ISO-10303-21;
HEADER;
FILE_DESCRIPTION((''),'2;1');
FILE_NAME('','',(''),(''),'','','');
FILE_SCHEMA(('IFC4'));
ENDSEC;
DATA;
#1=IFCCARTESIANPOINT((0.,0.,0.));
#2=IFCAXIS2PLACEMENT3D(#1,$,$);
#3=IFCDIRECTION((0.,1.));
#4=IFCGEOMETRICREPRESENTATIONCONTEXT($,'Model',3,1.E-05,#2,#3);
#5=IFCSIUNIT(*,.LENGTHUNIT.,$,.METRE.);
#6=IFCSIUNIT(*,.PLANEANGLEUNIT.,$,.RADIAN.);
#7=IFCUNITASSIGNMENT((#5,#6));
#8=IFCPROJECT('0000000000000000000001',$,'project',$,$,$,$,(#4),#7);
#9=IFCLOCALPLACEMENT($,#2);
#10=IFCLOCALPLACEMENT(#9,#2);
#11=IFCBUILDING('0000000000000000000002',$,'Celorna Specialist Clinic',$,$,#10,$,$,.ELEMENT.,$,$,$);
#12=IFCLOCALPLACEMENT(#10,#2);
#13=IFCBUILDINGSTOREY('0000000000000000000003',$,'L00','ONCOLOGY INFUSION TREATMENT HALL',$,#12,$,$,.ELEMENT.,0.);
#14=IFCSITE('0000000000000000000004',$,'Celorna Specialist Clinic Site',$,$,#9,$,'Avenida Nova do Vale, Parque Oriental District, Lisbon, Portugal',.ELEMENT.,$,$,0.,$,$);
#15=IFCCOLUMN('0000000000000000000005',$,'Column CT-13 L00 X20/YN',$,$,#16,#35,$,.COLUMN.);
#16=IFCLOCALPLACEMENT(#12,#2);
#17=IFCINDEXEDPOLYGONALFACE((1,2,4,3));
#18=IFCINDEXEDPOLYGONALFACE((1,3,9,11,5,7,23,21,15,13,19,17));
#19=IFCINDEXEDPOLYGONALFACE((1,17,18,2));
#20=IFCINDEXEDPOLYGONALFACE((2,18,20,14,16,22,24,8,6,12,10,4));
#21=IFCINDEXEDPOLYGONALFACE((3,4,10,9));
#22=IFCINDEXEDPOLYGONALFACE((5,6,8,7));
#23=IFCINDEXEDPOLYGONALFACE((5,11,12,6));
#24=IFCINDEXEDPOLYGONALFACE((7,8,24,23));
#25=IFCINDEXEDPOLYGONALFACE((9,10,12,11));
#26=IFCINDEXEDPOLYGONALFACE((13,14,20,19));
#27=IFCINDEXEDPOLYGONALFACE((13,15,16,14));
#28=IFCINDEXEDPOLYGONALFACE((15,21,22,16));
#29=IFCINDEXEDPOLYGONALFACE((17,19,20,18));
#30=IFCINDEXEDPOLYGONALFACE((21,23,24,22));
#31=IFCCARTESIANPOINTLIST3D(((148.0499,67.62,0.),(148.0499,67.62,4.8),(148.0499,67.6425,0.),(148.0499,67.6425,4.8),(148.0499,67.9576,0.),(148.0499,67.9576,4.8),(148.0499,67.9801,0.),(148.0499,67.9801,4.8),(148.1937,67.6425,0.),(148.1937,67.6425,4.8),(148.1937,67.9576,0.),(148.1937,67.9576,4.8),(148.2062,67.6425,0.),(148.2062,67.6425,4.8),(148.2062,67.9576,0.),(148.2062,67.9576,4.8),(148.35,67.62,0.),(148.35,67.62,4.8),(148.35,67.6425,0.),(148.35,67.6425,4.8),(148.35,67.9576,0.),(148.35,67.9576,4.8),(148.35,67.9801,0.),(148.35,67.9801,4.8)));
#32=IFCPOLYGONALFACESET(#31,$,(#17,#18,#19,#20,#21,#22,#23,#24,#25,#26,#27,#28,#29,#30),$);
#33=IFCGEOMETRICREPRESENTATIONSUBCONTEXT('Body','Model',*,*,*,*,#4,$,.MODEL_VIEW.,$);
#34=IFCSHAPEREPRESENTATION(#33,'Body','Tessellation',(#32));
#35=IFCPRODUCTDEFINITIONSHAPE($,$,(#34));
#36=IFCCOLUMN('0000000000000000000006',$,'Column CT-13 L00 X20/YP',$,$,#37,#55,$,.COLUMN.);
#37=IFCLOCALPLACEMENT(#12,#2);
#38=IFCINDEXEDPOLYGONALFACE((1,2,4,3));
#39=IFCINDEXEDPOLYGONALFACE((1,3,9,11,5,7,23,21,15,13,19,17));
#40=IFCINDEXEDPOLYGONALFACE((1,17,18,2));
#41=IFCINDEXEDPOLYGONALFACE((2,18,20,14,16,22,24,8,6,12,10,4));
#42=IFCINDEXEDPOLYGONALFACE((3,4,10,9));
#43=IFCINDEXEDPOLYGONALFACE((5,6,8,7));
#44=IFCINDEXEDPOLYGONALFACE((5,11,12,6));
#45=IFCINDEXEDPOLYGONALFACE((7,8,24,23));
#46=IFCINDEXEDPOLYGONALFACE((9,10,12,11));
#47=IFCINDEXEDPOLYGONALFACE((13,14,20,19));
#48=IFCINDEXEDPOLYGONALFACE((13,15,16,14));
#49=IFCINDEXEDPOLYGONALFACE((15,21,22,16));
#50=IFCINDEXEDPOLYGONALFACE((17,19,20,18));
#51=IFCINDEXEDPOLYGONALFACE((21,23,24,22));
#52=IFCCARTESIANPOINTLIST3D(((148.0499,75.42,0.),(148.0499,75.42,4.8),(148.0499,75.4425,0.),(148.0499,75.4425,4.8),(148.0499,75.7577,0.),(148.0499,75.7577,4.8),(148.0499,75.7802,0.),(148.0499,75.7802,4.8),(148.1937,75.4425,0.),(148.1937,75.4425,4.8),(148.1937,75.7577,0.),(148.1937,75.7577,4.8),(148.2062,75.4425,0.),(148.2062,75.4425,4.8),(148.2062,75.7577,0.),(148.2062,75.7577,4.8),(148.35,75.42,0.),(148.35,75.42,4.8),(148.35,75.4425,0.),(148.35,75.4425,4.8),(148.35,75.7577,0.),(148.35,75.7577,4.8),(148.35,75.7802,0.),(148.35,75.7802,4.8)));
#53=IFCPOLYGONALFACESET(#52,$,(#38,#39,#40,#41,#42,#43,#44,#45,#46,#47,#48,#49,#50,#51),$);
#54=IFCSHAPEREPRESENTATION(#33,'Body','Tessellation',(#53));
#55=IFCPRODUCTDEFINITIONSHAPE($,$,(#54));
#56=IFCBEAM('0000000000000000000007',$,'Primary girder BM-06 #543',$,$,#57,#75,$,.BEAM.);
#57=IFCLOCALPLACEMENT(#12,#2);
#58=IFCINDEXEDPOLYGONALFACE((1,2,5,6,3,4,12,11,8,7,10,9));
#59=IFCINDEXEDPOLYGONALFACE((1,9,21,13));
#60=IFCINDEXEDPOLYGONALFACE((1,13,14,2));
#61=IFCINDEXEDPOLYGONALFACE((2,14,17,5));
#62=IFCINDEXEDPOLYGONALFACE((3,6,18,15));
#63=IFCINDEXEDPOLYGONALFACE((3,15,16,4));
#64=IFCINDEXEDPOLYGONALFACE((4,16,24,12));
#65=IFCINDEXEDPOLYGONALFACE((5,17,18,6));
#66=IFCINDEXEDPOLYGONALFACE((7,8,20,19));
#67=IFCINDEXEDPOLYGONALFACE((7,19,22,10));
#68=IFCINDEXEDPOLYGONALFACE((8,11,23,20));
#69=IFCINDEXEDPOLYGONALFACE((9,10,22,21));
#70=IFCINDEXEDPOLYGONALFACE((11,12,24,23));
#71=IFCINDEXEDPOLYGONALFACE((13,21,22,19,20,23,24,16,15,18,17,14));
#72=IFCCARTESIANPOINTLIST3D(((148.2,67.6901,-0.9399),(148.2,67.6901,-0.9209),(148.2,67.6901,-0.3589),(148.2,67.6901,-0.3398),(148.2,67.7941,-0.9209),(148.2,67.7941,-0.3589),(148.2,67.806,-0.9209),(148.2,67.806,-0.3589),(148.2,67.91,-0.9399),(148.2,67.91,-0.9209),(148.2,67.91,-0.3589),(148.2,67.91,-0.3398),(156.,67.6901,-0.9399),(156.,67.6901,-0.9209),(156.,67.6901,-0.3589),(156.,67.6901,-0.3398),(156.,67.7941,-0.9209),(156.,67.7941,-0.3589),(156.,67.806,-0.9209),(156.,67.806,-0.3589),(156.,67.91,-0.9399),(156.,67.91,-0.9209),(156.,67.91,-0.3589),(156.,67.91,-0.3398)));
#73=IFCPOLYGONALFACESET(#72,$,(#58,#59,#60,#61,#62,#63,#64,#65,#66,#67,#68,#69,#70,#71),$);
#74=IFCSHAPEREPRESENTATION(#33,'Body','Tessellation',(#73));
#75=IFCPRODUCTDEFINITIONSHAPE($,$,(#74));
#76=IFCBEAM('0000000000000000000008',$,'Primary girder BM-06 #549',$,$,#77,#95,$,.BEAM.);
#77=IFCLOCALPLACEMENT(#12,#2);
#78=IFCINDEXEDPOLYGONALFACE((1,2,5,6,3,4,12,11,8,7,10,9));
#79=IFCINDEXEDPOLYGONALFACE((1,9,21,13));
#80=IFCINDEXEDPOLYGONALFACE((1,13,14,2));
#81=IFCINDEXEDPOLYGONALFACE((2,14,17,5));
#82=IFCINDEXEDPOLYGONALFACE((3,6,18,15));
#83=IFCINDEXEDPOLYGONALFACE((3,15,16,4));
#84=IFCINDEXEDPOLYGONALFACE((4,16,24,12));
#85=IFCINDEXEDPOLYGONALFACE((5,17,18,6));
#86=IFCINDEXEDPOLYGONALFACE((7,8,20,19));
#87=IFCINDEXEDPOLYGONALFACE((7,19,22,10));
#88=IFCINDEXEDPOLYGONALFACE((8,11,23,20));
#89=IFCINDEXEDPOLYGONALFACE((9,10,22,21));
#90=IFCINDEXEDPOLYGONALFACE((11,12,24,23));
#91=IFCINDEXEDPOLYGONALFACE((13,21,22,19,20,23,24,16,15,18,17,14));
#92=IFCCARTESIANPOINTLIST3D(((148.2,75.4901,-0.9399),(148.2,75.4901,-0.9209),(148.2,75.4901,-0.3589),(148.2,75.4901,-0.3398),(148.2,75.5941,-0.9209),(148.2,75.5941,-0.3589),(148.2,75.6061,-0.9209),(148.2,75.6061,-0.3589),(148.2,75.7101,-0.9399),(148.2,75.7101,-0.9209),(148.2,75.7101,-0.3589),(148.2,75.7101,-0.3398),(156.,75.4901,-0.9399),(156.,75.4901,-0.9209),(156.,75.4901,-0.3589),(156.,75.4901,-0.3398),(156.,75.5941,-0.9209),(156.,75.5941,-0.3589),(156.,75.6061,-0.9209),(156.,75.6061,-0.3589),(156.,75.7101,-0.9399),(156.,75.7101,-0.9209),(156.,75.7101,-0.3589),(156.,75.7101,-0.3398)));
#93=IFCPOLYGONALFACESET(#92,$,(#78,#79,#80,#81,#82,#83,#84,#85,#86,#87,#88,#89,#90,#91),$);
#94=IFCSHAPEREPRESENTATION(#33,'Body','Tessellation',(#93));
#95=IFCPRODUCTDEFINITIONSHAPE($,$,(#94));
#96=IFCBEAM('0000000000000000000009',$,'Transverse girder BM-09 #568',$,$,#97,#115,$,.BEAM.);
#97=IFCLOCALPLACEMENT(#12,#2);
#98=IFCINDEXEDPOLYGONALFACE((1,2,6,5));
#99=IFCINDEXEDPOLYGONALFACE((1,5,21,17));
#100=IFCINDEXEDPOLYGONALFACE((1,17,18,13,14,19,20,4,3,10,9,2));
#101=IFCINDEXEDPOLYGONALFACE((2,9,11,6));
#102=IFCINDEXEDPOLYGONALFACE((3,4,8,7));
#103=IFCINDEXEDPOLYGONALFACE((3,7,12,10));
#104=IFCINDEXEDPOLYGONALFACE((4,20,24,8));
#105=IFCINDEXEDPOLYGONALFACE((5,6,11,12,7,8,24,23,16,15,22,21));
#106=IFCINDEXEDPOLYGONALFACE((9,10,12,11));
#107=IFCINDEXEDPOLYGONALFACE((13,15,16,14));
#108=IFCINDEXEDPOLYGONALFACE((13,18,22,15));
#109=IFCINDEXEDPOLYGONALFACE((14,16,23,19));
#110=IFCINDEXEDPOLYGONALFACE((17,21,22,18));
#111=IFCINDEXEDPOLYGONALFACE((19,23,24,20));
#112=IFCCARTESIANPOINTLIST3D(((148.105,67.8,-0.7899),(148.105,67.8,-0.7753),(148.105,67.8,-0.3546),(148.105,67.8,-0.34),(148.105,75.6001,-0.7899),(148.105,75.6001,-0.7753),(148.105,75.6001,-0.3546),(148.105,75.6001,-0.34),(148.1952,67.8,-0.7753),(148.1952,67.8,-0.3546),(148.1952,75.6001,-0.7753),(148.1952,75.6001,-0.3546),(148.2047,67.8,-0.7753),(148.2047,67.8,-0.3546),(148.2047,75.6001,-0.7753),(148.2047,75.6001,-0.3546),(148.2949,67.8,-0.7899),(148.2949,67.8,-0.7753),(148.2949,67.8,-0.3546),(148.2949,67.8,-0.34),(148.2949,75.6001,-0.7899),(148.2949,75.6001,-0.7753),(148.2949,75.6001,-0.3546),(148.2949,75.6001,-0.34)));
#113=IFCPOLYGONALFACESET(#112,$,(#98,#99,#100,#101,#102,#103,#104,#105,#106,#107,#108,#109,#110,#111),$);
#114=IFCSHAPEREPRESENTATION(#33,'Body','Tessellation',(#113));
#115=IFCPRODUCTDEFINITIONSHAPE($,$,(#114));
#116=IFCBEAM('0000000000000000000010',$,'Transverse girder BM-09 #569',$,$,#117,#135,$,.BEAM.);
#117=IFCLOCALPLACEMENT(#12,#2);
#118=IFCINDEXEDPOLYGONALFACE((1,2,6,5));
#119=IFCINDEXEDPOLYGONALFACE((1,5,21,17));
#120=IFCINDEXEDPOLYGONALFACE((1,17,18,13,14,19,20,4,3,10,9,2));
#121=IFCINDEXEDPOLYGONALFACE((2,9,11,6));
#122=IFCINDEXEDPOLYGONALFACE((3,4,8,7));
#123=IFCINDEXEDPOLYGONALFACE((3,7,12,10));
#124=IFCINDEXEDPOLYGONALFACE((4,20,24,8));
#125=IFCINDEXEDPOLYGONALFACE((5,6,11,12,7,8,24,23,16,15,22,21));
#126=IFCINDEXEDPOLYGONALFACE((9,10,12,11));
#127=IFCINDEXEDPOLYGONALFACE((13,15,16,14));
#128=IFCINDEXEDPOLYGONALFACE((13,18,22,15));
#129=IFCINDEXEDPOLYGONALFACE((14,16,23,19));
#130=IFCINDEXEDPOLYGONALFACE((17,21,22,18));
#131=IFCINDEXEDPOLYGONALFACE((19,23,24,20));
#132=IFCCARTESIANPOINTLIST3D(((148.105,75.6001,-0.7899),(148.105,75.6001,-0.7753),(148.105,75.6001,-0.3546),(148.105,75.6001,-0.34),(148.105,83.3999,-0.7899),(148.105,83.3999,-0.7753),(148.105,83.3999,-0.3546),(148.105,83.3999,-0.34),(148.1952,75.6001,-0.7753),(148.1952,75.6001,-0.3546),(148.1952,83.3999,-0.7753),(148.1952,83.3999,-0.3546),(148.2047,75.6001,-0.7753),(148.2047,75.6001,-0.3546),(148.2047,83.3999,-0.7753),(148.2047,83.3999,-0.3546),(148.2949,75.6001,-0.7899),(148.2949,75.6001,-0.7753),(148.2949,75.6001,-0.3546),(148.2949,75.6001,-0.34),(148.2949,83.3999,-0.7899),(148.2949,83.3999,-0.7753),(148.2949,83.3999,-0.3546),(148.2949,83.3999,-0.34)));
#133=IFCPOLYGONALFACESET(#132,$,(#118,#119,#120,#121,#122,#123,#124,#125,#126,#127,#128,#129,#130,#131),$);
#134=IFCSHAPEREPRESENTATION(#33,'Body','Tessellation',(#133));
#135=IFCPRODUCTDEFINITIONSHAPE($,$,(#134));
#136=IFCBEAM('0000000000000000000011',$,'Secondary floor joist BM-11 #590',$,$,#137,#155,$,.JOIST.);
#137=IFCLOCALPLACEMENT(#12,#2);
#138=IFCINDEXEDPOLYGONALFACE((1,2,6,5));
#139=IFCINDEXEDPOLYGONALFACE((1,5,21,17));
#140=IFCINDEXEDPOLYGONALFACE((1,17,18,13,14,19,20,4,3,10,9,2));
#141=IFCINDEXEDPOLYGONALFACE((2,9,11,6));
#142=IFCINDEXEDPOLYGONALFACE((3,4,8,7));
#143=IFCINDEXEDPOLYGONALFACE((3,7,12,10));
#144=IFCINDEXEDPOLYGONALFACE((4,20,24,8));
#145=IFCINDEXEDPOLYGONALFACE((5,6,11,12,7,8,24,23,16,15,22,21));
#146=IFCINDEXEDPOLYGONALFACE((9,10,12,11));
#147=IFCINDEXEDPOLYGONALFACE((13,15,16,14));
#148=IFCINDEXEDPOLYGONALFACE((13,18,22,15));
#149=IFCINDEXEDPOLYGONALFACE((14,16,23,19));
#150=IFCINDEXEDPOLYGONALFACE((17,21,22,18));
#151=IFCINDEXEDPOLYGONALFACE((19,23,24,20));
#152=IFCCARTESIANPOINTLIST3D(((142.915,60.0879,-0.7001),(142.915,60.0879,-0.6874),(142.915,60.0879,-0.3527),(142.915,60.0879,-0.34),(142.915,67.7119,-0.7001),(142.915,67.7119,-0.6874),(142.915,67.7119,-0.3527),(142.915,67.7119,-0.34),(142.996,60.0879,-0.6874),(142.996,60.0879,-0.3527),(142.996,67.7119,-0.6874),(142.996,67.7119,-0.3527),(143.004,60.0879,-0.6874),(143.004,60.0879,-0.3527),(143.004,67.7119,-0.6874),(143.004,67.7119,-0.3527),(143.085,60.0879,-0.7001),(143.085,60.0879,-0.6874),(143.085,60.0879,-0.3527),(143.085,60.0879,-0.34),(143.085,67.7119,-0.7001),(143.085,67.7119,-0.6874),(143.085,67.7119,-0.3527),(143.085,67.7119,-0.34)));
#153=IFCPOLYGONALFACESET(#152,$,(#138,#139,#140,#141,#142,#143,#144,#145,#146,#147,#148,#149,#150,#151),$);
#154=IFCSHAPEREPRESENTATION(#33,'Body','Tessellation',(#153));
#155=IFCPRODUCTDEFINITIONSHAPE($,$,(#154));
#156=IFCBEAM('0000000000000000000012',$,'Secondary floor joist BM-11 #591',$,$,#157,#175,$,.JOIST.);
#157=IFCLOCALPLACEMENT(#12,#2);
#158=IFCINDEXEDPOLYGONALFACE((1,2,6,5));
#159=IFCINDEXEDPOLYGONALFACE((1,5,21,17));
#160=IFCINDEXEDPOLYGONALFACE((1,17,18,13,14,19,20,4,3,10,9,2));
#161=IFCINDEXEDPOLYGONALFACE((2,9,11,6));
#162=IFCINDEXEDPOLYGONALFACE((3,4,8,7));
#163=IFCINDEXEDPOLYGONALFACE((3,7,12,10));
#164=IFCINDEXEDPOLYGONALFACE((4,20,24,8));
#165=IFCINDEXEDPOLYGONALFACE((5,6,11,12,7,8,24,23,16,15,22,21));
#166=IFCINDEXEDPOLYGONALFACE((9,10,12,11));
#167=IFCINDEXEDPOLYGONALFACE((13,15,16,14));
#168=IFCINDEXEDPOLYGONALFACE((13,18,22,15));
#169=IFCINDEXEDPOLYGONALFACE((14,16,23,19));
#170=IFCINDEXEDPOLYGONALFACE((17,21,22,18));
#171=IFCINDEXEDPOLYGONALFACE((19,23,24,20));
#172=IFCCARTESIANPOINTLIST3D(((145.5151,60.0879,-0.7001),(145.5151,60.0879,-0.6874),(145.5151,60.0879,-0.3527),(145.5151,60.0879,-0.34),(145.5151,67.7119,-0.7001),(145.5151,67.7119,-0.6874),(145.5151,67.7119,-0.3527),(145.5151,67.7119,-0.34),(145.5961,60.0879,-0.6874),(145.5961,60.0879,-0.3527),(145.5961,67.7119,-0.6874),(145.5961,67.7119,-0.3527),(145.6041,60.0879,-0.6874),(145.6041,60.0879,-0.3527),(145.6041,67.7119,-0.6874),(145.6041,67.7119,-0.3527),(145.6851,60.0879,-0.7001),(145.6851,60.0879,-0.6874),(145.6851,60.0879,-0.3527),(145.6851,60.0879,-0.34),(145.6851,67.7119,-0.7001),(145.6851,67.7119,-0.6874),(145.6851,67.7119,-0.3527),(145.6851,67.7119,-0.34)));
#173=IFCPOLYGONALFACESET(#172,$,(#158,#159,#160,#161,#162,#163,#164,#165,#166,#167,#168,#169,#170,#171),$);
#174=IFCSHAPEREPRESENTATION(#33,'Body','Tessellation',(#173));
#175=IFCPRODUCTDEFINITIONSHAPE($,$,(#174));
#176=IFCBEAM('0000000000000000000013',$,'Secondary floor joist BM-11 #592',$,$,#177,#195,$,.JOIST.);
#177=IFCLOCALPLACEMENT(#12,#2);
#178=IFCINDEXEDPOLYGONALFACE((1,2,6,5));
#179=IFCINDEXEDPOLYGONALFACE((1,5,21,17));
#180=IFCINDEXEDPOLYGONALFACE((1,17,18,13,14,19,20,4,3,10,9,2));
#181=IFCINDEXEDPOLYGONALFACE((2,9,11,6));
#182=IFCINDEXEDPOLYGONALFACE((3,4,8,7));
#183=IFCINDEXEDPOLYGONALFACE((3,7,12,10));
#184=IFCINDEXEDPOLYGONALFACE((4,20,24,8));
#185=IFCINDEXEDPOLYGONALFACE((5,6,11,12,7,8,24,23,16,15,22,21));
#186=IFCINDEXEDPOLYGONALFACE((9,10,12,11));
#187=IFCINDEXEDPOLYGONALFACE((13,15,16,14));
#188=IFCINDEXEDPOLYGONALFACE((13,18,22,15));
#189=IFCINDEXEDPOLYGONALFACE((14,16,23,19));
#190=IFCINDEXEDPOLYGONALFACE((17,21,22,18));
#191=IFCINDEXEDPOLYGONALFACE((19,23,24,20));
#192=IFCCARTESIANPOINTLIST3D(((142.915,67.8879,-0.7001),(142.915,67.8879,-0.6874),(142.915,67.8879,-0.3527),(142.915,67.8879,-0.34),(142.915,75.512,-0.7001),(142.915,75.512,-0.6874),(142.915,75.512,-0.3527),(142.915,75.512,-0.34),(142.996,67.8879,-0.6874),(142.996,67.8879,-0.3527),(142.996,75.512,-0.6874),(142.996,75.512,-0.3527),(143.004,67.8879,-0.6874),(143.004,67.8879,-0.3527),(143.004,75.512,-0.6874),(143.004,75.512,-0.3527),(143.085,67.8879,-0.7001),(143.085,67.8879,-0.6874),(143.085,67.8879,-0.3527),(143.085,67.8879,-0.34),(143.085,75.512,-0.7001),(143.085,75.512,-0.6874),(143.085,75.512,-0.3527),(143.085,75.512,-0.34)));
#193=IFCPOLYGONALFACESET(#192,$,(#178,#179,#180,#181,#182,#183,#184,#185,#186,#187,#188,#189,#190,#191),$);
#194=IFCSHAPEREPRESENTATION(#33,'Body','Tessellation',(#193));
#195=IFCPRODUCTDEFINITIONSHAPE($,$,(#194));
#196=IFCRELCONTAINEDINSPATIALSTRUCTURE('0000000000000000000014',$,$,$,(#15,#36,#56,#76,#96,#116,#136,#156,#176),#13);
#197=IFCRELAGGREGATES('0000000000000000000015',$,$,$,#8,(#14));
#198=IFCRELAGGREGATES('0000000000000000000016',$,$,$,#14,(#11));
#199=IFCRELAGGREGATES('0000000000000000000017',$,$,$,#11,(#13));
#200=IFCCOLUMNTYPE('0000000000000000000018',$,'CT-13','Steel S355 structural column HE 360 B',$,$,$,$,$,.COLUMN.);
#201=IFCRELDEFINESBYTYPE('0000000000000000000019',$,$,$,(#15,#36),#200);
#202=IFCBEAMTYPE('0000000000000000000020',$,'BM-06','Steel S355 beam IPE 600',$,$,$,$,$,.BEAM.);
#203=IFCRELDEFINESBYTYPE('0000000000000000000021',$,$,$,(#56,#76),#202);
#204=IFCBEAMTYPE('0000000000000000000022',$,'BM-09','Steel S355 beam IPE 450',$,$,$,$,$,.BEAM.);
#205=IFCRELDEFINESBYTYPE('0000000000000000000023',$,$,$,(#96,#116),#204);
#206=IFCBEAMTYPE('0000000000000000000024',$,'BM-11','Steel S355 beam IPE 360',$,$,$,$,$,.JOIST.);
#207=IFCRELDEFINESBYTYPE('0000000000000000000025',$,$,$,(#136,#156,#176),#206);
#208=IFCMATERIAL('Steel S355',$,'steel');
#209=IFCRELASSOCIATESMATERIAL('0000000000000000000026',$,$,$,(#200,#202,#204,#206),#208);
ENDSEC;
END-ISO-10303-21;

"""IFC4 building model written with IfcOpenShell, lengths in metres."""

from ifc_helpers import new_model, si_unit, direction, frame, origin, origin_2d, place, context, subcontext, project, spatial, i_section, extrude, material, material_profile, profile_set, type_object, element, save


model = new_model("IFC4")

# Units and contexts
model_context = context("Model", 3, precision=1e-05, world=origin(), true_north=direction((0.0, 1.0)))
body_context = subcontext(model_context, "Body", "Model", "MODEL_VIEW")
ifc_project = project(units=[si_unit("LENGTHUNIT", "METRE"), si_unit("PLANEANGLEUNIT", "RADIAN")], contexts=[model_context])

# Site, building, storey
site_placement = place(None, origin())
site = spatial("IfcSite", under=ifc_project, at=site_placement, Name="Celorna Specialist Clinic Site", LongName="Avenida Nova do Vale, Parque Oriental District, Lisbon, Portugal", CompositionType="ELEMENT", RefElevation=0.0)
building_placement = place(site_placement, origin())
building = spatial("IfcBuilding", under=site, at=building_placement, Name="Celorna Specialist Clinic", CompositionType="ELEMENT")
storey_placement = place(building_placement, origin())
storey = spatial("IfcBuildingStorey", under=building, at=storey_placement, Name="L00", Description="ONCOLOGY INFUSION TREATMENT HALL", CompositionType="ELEMENT", Elevation=0.0)

# Columns
ifc_material_1 = material(Name="Steel S355", Category="steel")
ifc_material_profile_1 = material_profile(ifc_material_1, i_section(OverallWidth=0.3, OverallDepth=0.3601, WebThickness=0.0125, FlangeThickness=0.0225, at=origin_2d()), Name="HE 360 B")
ifc_profile_set_1 = profile_set([ifc_material_profile_1], Name="Steel S355")
column_type = type_object("IfcColumnType", Name="CT-13", Description="Steel S355 structural column HE 360 B", PredefinedType="COLUMN", material=ifc_profile_set_1)
for number, where, z_axis, x_axis, name in (
    (1, (148.2, 67.8, 0.0), (0.0, 0.0, 1.0), (1.0, 0.0, 0.0), "Column CT-13 L00 X20/YN"),
    (2, (148.2, 75.6001, 0.0), (0.0, 0.0, 1.0), (1.0, 0.0, 0.0), "Column CT-13 L00 X20/YP"),
):
    element("IfcColumn", number, at=place(storey_placement, frame(where, z_axis=z_axis, x_axis=x_axis)), inside=storey, type_object=column_type, Name=name, PredefinedType="COLUMN", context=body_context, shape_type="SweptSolid", body=[
        extrude(i_section(OverallWidth=0.3, OverallDepth=0.3601, WebThickness=0.0125, FlangeThickness=0.0225, at=origin_2d()), origin(), (0.0, 0.0, 1.0), 4.8),
    ])

# Beams
ifc_material_profile_2 = material_profile(ifc_material_1, i_section(OverallWidth=0.22, OverallDepth=0.6001, WebThickness=0.012, FlangeThickness=0.019, at=origin_2d()), Name="IPE 600")
ifc_profile_set_2 = profile_set([ifc_material_profile_2], Name="Steel S355")
beam_type_1 = type_object("IfcBeamType", Name="BM-06", Description="Steel S355 beam IPE 600", PredefinedType="BEAM", material=ifc_profile_set_2)
for number, where, z_axis, x_axis, name in (
    (3, (148.2, 67.8, -0.6399), (1.0, 0.0, 0.0), (0.0, 1.0, 0.0), "Primary girder BM-06 #543"),
    (4, (148.2, 75.6001, -0.6399), (1.0, 0.0, 0.0), (0.0, 1.0, 0.0), "Primary girder BM-06 #549"),
):
    element("IfcBeam", number, at=place(storey_placement, frame(where, z_axis=z_axis, x_axis=x_axis)), inside=storey, type_object=beam_type_1, Name=name, PredefinedType="BEAM", context=body_context, shape_type="SweptSolid", body=[
        extrude(i_section(OverallWidth=0.22, OverallDepth=0.6001, WebThickness=0.012, FlangeThickness=0.019, at=origin_2d()), origin(), (0.0, 0.0, 1.0), 7.8),
    ])
ifc_material_profile_3 = material_profile(ifc_material_1, i_section(OverallWidth=0.1899, OverallDepth=0.45, WebThickness=0.0095, FlangeThickness=0.0146, at=origin_2d()), Name="IPE 450")
ifc_profile_set_3 = profile_set([ifc_material_profile_3], Name="Steel S355")
beam_type_2 = type_object("IfcBeamType", Name="BM-09", Description="Steel S355 beam IPE 450", PredefinedType="BEAM", material=ifc_profile_set_3)
beam_1_placement = place(storey_placement, frame((148.2, 67.8, -0.5649), z_axis=(0.0, 1.0, 0.0), x_axis=(-1.0, 0.0, 0.0)))
element("IfcBeam", 5, at=beam_1_placement, inside=storey, type_object=beam_type_2, Name="Transverse girder BM-09 #568", PredefinedType="BEAM", context=body_context, shape_type="SweptSolid", body=[
    extrude(i_section(OverallWidth=0.1899, OverallDepth=0.45, WebThickness=0.0095, FlangeThickness=0.0146, at=origin_2d()), origin(), (0.0, 0.0, 1.0), 7.8),
])
beam_2_placement = place(storey_placement, frame((148.2, 75.6001, -0.5649), z_axis=(0.0, 1.0, 0.0), x_axis=(-1.0, 0.0, 0.0)))
element("IfcBeam", 6, at=beam_2_placement, inside=storey, type_object=beam_type_2, Name="Transverse girder BM-09 #569", PredefinedType="BEAM", context=body_context, shape_type="SweptSolid", body=[
    extrude(i_section(OverallWidth=0.1899, OverallDepth=0.45, WebThickness=0.0095, FlangeThickness=0.0146, at=origin_2d()), origin(), (0.0, 0.0, 1.0), 7.7998),
])
ifc_material_profile_4 = material_profile(ifc_material_1, i_section(OverallWidth=0.1699, OverallDepth=0.3601, WebThickness=0.0081, FlangeThickness=0.0127, at=origin_2d()), Name="IPE 360")
ifc_profile_set_4 = profile_set([ifc_material_profile_4], Name="Steel S355")
beam_type_3 = type_object("IfcBeamType", Name="BM-11", Description="Steel S355 beam IPE 360", PredefinedType="JOIST", material=ifc_profile_set_4)
for number, where, z_axis, x_axis, name in (
    (7, (143.0, 60.0879, -0.52), (0.0, 1.0, 0.0), (-1.0, 0.0, 0.0), "Secondary floor joist BM-11 #590"),
    (8, (145.6001, 60.0879, -0.52), (0.0, 1.0, 0.0), (-1.0, 0.0, 0.0), "Secondary floor joist BM-11 #591"),
    (9, (143.0, 67.8879, -0.52), (0.0, 1.0, 0.0), (-1.0, 0.0, 0.0), "Secondary floor joist BM-11 #592"),
):
    element("IfcBeam", number, at=place(storey_placement, frame(where, z_axis=z_axis, x_axis=x_axis)), inside=storey, type_object=beam_type_3, Name=name, PredefinedType="JOIST", context=body_context, shape_type="SweptSolid", body=[
        extrude(i_section(OverallWidth=0.1699, OverallDepth=0.3601, WebThickness=0.0081, FlangeThickness=0.0127, at=origin_2d()), origin(), (0.0, 0.0, 1.0), 7.624),
    ])

save(model, "model.ifc")
